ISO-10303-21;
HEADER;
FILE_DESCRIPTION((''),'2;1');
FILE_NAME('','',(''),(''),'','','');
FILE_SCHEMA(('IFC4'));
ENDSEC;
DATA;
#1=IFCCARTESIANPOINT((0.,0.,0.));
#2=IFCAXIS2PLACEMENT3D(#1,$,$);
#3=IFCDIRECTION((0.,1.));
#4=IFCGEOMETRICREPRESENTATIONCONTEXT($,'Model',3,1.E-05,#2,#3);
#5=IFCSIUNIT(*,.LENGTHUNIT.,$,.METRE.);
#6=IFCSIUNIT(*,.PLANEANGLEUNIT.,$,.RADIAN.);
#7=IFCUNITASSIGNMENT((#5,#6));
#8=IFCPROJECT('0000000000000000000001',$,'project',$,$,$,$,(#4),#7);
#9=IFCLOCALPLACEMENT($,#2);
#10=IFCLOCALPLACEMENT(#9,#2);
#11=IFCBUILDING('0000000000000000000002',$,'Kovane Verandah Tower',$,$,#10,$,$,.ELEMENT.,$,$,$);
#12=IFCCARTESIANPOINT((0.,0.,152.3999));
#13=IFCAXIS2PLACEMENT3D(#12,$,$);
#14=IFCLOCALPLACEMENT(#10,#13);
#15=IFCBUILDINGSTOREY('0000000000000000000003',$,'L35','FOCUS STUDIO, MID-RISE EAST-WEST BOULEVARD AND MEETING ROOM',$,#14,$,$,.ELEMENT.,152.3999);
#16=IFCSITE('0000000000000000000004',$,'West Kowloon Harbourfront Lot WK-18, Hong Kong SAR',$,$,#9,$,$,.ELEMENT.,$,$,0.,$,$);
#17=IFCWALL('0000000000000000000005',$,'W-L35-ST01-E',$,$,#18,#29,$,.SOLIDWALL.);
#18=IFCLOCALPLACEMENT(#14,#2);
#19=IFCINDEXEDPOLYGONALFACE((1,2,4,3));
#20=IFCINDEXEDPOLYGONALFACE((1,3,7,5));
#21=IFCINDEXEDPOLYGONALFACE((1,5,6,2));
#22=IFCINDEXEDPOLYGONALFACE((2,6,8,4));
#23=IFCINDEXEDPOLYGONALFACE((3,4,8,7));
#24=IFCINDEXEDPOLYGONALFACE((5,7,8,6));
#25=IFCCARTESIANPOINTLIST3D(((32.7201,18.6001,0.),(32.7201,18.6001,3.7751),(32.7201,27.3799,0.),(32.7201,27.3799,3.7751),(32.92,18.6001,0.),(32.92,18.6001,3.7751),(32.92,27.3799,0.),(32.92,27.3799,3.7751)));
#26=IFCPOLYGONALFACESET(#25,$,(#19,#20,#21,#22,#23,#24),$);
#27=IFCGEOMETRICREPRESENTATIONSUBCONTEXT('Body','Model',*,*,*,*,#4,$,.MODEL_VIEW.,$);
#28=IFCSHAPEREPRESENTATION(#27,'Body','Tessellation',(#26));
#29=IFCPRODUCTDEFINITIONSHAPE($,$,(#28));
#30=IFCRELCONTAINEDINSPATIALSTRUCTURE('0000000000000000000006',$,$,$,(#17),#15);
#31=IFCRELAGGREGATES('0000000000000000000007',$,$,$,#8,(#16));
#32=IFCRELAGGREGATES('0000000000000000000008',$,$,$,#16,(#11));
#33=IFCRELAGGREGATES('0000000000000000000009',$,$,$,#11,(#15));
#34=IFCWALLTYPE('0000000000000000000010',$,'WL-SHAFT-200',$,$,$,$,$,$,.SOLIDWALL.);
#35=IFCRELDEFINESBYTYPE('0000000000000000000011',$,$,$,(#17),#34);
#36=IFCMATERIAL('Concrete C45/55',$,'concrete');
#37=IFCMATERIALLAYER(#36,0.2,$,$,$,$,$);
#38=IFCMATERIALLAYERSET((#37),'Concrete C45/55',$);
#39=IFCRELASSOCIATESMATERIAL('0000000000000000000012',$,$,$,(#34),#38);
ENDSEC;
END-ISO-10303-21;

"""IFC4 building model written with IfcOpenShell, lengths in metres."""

from ifc_helpers import new_model, si_unit, direction, frame, frame_2d, origin, place, context, subcontext, project, spatial, rectangle, extrude, material, layer, layer_set, type_object, element, save


model = new_model("IFC4")

# Units and contexts
model_context = context("Model", 3, precision=1e-05, world=origin(), true_north=direction((0.0, 1.0)))
body_context = subcontext(model_context, "Body", "Model", "MODEL_VIEW")
ifc_project = project(units=[si_unit("LENGTHUNIT", "METRE"), si_unit("PLANEANGLEUNIT", "RADIAN")], contexts=[model_context])

# Site, building, storey
site_placement = place(None, origin())
site = spatial("IfcSite", under=ifc_project, at=site_placement, Name="West Kowloon Harbourfront Lot WK-18, Hong Kong SAR", CompositionType="ELEMENT", RefElevation=0.0)
building_placement = place(site_placement, origin())
building = spatial("IfcBuilding", under=site, at=building_placement, Name="Kovane Verandah Tower", CompositionType="ELEMENT")
storey_placement = place(building_placement, frame((0.0, 0.0, 152.3999)))
storey = spatial("IfcBuildingStorey", under=building, at=storey_placement, Name="L35", Description="FOCUS STUDIO, MID-RISE EAST-WEST BOULEVARD AND MEETING ROOM", CompositionType="ELEMENT", Elevation=152.3999)

# Wall
ifc_material_1 = material(Name="Concrete C45/55", Category="concrete")
ifc_layer_1 = layer(ifc_material_1, 0.2)
ifc_layer_set_1 = layer_set([ifc_layer_1], Name="Concrete C45/55")
wall_type_1 = type_object("IfcWallType", Name="WL-SHAFT-200", PredefinedType="SOLIDWALL", material=ifc_layer_set_1)
wall_1_placement = place(storey_placement, frame((32.8201, 18.6001, 0.0), z_axis=(0.0, 0.0, 1.0), x_axis=(0.0, 1.0, 0.0)))
element("IfcWall", 1, at=wall_1_placement, inside=storey, type_object=wall_type_1, Name="W-L35-ST01-E", PredefinedType="SOLIDWALL", context=body_context, shape_type="SweptSolid", body=[
    extrude(rectangle(XDim=8.7798, YDim=0.2, at=frame_2d((4.3899, 0.0))), origin(), (0.0, 0.0, 1.0), 3.7751),
])

save(model, "model.ifc")
